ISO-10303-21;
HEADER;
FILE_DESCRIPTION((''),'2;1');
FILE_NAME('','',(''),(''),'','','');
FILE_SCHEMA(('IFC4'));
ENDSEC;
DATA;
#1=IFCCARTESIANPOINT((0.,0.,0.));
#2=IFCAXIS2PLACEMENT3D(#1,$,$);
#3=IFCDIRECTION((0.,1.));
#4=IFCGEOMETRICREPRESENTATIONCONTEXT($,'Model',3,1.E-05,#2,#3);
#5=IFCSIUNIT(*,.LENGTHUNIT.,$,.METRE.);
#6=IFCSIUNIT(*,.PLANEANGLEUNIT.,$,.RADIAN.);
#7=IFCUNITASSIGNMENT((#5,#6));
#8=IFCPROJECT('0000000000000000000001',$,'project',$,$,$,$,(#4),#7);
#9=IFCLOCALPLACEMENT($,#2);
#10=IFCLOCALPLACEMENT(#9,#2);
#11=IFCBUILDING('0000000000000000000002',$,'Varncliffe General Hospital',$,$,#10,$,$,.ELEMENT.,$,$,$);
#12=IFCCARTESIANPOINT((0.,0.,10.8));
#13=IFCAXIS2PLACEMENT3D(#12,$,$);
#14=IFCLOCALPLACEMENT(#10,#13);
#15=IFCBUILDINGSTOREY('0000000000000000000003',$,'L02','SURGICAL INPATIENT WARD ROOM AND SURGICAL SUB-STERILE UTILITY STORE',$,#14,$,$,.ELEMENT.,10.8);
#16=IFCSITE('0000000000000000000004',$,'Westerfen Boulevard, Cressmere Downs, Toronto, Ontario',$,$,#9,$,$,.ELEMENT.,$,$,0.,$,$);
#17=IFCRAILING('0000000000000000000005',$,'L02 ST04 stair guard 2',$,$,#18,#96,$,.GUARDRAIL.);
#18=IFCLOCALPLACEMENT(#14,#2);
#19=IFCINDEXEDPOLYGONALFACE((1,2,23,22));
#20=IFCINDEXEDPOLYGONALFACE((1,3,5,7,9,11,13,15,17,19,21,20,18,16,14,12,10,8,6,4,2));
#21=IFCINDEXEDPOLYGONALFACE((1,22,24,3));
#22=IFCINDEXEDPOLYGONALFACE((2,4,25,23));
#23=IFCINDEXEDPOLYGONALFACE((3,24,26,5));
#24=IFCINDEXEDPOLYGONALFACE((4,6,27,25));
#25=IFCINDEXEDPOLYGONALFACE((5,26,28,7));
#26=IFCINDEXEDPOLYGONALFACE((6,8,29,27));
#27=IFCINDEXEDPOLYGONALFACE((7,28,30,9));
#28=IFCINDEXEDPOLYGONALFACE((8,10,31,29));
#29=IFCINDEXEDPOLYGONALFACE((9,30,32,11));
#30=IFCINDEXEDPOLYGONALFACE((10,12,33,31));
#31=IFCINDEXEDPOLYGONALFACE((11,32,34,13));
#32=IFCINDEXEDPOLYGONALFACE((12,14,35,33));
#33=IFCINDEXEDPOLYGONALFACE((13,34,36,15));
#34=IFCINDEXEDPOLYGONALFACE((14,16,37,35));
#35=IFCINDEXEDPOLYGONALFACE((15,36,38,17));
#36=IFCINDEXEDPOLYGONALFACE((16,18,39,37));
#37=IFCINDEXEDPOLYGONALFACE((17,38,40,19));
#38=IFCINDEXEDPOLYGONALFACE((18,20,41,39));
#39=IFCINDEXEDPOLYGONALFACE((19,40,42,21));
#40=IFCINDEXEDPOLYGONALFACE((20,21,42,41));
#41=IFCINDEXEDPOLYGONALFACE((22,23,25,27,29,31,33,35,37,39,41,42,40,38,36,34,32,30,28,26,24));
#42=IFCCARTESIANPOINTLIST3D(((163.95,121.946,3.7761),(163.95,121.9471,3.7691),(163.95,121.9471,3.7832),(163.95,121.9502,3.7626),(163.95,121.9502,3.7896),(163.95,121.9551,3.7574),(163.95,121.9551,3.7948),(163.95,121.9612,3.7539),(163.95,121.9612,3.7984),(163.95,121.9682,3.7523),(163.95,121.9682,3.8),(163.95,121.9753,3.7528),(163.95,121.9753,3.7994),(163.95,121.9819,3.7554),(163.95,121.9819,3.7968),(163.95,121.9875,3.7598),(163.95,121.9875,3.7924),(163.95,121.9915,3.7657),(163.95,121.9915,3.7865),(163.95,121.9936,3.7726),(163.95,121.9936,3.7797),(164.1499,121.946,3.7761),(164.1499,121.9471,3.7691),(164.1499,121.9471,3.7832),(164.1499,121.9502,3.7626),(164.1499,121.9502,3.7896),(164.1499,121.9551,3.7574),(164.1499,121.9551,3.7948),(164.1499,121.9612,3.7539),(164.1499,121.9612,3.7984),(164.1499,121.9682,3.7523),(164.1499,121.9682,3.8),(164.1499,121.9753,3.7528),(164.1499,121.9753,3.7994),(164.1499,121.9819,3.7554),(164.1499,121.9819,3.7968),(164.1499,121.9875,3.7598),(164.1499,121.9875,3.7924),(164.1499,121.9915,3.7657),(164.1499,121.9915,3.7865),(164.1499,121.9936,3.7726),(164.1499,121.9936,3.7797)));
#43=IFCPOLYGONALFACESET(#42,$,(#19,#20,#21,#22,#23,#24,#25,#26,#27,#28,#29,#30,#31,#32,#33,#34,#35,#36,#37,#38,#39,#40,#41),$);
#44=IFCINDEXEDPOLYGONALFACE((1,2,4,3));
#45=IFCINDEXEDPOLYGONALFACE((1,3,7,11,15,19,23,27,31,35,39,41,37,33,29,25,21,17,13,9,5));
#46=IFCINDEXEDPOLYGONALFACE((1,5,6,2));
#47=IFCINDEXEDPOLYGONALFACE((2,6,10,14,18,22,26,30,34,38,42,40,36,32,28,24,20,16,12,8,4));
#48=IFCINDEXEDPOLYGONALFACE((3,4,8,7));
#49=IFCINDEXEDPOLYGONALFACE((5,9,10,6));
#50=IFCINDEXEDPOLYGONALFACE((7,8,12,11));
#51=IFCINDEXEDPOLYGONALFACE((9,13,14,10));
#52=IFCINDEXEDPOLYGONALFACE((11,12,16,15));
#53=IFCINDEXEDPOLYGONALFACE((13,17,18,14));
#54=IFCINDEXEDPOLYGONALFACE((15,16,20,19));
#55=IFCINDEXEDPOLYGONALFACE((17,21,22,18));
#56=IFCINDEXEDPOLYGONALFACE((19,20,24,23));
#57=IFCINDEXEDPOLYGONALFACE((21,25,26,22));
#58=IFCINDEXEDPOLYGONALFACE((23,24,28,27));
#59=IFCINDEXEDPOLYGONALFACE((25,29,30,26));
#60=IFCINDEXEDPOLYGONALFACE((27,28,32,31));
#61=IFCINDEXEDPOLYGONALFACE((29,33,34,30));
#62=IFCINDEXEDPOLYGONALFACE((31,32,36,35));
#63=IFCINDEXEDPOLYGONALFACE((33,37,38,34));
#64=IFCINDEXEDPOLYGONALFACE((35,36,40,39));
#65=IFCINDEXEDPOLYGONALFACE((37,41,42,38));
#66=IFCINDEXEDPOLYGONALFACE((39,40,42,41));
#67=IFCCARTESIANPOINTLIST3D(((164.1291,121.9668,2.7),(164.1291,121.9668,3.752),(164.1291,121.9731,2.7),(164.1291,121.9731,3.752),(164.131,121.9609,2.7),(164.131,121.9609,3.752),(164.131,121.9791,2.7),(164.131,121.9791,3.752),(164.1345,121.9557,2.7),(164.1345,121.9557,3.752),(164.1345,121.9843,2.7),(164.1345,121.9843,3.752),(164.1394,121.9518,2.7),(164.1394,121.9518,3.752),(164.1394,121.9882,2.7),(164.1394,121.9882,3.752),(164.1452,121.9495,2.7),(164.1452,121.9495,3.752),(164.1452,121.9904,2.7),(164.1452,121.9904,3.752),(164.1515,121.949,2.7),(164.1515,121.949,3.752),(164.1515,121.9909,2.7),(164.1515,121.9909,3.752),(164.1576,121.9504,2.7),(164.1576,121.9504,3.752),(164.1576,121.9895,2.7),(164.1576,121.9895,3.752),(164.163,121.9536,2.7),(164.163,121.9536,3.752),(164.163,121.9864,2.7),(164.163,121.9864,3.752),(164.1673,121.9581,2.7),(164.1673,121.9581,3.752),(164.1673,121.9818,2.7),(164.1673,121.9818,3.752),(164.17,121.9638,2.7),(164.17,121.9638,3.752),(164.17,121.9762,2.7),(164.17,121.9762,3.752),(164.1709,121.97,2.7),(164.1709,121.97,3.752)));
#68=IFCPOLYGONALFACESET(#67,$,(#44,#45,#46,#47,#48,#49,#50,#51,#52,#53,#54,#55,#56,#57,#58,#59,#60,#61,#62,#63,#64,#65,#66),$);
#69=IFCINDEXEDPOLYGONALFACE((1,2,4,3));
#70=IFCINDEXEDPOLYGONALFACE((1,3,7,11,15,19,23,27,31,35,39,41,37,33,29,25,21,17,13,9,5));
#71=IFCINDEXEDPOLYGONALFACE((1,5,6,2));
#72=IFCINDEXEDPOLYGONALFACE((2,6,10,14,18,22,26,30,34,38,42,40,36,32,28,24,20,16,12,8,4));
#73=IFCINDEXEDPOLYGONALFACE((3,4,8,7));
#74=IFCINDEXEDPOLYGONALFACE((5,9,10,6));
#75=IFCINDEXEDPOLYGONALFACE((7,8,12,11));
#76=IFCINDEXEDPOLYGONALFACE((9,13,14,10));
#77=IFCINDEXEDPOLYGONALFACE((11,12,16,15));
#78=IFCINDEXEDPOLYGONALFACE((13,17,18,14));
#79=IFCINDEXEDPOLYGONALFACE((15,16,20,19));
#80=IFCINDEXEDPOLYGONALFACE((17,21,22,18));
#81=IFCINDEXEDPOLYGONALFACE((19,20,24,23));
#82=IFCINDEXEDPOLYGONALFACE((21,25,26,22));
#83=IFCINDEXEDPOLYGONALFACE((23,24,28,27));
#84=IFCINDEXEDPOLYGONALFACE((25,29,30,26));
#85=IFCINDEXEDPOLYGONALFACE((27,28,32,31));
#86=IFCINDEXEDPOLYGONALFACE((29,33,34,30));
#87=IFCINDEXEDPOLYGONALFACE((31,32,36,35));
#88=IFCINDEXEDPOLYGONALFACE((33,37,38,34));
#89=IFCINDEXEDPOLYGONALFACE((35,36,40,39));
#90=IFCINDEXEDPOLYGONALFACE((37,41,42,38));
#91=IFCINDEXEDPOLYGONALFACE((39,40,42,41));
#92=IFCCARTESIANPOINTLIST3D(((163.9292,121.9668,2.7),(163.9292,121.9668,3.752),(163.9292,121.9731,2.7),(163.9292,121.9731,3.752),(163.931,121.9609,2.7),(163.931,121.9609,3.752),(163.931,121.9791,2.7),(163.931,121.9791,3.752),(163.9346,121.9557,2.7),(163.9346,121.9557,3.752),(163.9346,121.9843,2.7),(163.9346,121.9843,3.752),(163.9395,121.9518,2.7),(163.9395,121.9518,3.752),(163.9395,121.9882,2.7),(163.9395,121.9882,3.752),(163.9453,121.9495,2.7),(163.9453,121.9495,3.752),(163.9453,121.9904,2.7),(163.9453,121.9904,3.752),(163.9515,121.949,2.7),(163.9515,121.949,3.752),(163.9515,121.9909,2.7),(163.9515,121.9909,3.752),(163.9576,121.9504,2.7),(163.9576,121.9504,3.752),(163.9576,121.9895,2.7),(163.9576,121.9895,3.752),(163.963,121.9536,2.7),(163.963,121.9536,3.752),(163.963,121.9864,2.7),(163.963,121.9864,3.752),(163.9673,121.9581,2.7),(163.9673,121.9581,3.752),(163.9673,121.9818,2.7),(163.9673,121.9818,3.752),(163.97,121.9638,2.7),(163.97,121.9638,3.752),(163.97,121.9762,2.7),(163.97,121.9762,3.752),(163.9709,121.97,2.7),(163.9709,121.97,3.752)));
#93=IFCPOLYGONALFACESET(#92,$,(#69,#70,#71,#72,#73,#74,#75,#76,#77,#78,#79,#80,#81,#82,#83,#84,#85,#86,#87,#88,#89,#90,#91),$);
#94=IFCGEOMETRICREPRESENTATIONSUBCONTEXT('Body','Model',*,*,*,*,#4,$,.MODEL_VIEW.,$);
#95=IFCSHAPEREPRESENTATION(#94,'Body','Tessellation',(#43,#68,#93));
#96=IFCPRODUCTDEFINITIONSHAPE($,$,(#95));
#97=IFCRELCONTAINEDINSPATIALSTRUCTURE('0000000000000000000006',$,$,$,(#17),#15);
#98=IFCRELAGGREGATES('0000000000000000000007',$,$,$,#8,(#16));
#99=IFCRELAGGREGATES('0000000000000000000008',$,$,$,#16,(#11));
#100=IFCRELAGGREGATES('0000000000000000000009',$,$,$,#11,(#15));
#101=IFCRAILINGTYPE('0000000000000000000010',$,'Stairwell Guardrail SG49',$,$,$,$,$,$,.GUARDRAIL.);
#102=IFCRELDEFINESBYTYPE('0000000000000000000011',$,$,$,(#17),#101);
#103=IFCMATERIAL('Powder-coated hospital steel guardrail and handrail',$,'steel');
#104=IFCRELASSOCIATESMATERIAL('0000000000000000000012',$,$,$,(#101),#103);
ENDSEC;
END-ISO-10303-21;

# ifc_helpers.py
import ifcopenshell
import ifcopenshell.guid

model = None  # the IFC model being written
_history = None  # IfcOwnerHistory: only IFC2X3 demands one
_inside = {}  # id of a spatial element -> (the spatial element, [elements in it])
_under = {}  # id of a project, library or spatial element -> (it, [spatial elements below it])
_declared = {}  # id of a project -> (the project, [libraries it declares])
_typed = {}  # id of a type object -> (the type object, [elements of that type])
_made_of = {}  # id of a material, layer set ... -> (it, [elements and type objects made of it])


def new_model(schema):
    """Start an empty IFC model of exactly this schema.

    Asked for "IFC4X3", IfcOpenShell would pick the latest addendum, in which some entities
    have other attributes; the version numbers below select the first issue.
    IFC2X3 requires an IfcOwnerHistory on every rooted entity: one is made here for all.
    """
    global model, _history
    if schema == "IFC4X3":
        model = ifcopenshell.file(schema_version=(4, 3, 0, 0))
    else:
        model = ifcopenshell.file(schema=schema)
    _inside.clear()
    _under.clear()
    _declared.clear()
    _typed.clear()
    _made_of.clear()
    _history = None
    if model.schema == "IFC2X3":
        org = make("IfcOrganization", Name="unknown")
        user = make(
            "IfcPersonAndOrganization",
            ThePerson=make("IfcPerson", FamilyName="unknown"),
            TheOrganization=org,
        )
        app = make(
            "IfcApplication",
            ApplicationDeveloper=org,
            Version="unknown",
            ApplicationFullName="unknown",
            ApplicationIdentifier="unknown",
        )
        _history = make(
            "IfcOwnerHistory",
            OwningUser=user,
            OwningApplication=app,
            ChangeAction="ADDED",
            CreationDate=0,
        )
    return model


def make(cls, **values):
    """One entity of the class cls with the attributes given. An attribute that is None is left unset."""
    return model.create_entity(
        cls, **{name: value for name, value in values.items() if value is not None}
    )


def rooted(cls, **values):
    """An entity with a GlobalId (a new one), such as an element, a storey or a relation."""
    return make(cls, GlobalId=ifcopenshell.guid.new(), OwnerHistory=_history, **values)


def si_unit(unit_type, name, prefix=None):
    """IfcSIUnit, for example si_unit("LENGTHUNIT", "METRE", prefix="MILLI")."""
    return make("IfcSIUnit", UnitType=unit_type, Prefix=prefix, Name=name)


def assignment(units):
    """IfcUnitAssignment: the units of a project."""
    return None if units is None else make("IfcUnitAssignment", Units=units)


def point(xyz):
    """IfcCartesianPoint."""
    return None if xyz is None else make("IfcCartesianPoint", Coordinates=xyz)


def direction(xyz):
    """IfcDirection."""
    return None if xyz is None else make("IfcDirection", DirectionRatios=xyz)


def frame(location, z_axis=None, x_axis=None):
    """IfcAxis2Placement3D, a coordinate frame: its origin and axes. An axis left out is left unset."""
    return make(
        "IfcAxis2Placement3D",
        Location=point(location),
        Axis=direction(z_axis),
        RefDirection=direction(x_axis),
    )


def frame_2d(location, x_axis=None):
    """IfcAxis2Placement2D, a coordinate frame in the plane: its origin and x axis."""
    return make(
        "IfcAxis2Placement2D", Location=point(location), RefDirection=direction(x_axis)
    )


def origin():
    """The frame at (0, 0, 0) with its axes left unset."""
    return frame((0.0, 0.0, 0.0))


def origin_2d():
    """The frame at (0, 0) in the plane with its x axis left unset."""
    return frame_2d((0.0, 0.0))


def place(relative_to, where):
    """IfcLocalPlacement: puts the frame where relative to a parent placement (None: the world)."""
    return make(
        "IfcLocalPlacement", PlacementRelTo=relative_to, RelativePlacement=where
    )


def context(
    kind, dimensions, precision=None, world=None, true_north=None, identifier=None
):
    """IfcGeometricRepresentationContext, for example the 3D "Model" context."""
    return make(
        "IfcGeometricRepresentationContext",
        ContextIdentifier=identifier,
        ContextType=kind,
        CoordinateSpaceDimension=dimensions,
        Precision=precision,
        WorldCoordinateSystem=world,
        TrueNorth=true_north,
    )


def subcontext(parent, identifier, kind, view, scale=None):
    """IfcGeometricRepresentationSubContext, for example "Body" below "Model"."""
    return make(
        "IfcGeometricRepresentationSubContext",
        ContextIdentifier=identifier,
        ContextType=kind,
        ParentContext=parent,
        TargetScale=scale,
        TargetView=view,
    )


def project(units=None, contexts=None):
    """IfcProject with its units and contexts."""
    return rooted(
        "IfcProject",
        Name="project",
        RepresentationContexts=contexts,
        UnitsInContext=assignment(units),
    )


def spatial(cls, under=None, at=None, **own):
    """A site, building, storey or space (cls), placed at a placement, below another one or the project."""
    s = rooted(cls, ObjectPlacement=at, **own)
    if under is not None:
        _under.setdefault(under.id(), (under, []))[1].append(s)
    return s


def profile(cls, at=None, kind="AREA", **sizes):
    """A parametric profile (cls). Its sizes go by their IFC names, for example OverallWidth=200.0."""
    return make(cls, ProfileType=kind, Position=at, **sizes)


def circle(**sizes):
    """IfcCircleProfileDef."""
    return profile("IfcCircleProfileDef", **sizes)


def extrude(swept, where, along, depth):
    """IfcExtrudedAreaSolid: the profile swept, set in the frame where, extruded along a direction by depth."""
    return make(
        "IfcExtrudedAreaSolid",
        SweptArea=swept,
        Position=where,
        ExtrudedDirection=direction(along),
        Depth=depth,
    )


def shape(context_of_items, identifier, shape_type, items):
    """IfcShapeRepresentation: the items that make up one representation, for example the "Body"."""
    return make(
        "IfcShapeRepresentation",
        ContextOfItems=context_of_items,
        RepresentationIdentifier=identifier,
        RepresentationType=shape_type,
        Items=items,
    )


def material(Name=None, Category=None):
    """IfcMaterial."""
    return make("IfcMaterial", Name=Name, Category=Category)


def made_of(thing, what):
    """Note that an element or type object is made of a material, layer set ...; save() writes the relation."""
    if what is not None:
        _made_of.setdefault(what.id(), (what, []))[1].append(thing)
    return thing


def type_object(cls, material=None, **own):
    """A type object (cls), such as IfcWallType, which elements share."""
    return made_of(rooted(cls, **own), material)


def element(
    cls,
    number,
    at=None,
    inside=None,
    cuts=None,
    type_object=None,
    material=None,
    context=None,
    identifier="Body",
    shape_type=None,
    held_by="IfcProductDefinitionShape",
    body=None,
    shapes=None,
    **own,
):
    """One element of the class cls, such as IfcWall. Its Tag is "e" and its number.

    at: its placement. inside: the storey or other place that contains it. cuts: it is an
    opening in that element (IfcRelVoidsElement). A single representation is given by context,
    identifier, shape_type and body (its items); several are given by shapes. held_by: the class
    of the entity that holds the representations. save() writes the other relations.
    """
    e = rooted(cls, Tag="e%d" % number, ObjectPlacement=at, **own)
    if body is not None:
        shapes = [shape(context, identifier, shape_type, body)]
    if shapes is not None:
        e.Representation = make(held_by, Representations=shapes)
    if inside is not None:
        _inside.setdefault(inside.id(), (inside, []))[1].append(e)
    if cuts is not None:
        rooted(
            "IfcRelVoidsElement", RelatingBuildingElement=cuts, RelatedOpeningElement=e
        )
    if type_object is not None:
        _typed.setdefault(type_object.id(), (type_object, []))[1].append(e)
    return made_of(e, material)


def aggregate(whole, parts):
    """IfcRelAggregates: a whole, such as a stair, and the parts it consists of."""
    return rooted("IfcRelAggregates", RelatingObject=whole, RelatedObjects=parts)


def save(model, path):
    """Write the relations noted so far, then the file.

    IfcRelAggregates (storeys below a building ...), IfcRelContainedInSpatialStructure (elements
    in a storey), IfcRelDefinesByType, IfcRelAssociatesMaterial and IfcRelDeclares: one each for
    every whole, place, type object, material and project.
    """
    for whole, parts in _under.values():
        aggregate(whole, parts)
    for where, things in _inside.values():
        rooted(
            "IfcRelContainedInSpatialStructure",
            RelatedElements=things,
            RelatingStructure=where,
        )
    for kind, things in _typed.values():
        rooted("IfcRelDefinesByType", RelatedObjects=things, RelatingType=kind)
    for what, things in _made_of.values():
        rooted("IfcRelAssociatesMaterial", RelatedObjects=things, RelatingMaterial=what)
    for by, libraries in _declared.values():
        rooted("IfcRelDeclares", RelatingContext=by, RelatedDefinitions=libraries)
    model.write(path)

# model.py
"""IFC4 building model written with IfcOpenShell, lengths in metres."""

from ifc_helpers import new_model, si_unit, direction, frame, origin, origin_2d, place, context, subcontext, project, spatial, circle, extrude, material, type_object, element, save


model = new_model("IFC4")

# Units and contexts
model_context = context("Model", 3, precision=1e-05, world=origin(), true_north=direction((0.0, 1.0)))
body_context = subcontext(model_context, "Body", "Model", "MODEL_VIEW")
ifc_project = project(units=[si_unit("LENGTHUNIT", "METRE"), si_unit("PLANEANGLEUNIT", "RADIAN")], contexts=[model_context])

# Site, building, storey
site_placement = place(None, origin())
site = spatial("IfcSite", under=ifc_project, at=site_placement, Name="Westerfen Boulevard, Cressmere Downs, Toronto, Ontario", CompositionType="ELEMENT", RefElevation=0.0)
building_placement = place(site_placement, origin())
building = spatial("IfcBuilding", under=site, at=building_placement, Name="Varncliffe General Hospital", CompositionType="ELEMENT")
storey_placement = place(building_placement, frame((0.0, 0.0, 10.8)))
storey = spatial("IfcBuildingStorey", under=building, at=storey_placement, Name="L02", Description="SURGICAL INPATIENT WARD ROOM AND SURGICAL SUB-STERILE UTILITY STORE", CompositionType="ELEMENT", Elevation=10.8)

# Railing
ifc_material_1 = material(Name="Powder-coated hospital steel guardrail and handrail", Category="steel")
railing_type_1 = type_object("IfcRailingType", Name="Stairwell Guardrail SG49", PredefinedType="GUARDRAIL", material=ifc_material_1)
railing_1_placement = place(storey_placement, frame((164.1499, 121.97, 2.7)))
element("IfcRailing", 1, at=railing_1_placement, inside=storey, type_object=railing_type_1, Name="L02 ST04 stair guard 2", PredefinedType="GUARDRAIL", context=body_context, shape_type="SweptSolid", body=[
    extrude(circle(Radius=0.0239, at=origin_2d()), frame((0.0, 0.0, 1.0762), z_axis=(-1.0, 0.0, 0.0), x_axis=(0.0, -1.0, 0.0)), (0.0, 0.0, 1.0), 0.2),
    extrude(circle(Radius=0.021, at=origin_2d()), origin(), (0.0, 0.0, 1.0), 1.052),
    extrude(circle(Radius=0.021, at=origin_2d()), frame((-0.2, 0.0, 0.0)), (0.0, 0.0, 1.0), 1.052),
])

save(model, "model.ifc")
